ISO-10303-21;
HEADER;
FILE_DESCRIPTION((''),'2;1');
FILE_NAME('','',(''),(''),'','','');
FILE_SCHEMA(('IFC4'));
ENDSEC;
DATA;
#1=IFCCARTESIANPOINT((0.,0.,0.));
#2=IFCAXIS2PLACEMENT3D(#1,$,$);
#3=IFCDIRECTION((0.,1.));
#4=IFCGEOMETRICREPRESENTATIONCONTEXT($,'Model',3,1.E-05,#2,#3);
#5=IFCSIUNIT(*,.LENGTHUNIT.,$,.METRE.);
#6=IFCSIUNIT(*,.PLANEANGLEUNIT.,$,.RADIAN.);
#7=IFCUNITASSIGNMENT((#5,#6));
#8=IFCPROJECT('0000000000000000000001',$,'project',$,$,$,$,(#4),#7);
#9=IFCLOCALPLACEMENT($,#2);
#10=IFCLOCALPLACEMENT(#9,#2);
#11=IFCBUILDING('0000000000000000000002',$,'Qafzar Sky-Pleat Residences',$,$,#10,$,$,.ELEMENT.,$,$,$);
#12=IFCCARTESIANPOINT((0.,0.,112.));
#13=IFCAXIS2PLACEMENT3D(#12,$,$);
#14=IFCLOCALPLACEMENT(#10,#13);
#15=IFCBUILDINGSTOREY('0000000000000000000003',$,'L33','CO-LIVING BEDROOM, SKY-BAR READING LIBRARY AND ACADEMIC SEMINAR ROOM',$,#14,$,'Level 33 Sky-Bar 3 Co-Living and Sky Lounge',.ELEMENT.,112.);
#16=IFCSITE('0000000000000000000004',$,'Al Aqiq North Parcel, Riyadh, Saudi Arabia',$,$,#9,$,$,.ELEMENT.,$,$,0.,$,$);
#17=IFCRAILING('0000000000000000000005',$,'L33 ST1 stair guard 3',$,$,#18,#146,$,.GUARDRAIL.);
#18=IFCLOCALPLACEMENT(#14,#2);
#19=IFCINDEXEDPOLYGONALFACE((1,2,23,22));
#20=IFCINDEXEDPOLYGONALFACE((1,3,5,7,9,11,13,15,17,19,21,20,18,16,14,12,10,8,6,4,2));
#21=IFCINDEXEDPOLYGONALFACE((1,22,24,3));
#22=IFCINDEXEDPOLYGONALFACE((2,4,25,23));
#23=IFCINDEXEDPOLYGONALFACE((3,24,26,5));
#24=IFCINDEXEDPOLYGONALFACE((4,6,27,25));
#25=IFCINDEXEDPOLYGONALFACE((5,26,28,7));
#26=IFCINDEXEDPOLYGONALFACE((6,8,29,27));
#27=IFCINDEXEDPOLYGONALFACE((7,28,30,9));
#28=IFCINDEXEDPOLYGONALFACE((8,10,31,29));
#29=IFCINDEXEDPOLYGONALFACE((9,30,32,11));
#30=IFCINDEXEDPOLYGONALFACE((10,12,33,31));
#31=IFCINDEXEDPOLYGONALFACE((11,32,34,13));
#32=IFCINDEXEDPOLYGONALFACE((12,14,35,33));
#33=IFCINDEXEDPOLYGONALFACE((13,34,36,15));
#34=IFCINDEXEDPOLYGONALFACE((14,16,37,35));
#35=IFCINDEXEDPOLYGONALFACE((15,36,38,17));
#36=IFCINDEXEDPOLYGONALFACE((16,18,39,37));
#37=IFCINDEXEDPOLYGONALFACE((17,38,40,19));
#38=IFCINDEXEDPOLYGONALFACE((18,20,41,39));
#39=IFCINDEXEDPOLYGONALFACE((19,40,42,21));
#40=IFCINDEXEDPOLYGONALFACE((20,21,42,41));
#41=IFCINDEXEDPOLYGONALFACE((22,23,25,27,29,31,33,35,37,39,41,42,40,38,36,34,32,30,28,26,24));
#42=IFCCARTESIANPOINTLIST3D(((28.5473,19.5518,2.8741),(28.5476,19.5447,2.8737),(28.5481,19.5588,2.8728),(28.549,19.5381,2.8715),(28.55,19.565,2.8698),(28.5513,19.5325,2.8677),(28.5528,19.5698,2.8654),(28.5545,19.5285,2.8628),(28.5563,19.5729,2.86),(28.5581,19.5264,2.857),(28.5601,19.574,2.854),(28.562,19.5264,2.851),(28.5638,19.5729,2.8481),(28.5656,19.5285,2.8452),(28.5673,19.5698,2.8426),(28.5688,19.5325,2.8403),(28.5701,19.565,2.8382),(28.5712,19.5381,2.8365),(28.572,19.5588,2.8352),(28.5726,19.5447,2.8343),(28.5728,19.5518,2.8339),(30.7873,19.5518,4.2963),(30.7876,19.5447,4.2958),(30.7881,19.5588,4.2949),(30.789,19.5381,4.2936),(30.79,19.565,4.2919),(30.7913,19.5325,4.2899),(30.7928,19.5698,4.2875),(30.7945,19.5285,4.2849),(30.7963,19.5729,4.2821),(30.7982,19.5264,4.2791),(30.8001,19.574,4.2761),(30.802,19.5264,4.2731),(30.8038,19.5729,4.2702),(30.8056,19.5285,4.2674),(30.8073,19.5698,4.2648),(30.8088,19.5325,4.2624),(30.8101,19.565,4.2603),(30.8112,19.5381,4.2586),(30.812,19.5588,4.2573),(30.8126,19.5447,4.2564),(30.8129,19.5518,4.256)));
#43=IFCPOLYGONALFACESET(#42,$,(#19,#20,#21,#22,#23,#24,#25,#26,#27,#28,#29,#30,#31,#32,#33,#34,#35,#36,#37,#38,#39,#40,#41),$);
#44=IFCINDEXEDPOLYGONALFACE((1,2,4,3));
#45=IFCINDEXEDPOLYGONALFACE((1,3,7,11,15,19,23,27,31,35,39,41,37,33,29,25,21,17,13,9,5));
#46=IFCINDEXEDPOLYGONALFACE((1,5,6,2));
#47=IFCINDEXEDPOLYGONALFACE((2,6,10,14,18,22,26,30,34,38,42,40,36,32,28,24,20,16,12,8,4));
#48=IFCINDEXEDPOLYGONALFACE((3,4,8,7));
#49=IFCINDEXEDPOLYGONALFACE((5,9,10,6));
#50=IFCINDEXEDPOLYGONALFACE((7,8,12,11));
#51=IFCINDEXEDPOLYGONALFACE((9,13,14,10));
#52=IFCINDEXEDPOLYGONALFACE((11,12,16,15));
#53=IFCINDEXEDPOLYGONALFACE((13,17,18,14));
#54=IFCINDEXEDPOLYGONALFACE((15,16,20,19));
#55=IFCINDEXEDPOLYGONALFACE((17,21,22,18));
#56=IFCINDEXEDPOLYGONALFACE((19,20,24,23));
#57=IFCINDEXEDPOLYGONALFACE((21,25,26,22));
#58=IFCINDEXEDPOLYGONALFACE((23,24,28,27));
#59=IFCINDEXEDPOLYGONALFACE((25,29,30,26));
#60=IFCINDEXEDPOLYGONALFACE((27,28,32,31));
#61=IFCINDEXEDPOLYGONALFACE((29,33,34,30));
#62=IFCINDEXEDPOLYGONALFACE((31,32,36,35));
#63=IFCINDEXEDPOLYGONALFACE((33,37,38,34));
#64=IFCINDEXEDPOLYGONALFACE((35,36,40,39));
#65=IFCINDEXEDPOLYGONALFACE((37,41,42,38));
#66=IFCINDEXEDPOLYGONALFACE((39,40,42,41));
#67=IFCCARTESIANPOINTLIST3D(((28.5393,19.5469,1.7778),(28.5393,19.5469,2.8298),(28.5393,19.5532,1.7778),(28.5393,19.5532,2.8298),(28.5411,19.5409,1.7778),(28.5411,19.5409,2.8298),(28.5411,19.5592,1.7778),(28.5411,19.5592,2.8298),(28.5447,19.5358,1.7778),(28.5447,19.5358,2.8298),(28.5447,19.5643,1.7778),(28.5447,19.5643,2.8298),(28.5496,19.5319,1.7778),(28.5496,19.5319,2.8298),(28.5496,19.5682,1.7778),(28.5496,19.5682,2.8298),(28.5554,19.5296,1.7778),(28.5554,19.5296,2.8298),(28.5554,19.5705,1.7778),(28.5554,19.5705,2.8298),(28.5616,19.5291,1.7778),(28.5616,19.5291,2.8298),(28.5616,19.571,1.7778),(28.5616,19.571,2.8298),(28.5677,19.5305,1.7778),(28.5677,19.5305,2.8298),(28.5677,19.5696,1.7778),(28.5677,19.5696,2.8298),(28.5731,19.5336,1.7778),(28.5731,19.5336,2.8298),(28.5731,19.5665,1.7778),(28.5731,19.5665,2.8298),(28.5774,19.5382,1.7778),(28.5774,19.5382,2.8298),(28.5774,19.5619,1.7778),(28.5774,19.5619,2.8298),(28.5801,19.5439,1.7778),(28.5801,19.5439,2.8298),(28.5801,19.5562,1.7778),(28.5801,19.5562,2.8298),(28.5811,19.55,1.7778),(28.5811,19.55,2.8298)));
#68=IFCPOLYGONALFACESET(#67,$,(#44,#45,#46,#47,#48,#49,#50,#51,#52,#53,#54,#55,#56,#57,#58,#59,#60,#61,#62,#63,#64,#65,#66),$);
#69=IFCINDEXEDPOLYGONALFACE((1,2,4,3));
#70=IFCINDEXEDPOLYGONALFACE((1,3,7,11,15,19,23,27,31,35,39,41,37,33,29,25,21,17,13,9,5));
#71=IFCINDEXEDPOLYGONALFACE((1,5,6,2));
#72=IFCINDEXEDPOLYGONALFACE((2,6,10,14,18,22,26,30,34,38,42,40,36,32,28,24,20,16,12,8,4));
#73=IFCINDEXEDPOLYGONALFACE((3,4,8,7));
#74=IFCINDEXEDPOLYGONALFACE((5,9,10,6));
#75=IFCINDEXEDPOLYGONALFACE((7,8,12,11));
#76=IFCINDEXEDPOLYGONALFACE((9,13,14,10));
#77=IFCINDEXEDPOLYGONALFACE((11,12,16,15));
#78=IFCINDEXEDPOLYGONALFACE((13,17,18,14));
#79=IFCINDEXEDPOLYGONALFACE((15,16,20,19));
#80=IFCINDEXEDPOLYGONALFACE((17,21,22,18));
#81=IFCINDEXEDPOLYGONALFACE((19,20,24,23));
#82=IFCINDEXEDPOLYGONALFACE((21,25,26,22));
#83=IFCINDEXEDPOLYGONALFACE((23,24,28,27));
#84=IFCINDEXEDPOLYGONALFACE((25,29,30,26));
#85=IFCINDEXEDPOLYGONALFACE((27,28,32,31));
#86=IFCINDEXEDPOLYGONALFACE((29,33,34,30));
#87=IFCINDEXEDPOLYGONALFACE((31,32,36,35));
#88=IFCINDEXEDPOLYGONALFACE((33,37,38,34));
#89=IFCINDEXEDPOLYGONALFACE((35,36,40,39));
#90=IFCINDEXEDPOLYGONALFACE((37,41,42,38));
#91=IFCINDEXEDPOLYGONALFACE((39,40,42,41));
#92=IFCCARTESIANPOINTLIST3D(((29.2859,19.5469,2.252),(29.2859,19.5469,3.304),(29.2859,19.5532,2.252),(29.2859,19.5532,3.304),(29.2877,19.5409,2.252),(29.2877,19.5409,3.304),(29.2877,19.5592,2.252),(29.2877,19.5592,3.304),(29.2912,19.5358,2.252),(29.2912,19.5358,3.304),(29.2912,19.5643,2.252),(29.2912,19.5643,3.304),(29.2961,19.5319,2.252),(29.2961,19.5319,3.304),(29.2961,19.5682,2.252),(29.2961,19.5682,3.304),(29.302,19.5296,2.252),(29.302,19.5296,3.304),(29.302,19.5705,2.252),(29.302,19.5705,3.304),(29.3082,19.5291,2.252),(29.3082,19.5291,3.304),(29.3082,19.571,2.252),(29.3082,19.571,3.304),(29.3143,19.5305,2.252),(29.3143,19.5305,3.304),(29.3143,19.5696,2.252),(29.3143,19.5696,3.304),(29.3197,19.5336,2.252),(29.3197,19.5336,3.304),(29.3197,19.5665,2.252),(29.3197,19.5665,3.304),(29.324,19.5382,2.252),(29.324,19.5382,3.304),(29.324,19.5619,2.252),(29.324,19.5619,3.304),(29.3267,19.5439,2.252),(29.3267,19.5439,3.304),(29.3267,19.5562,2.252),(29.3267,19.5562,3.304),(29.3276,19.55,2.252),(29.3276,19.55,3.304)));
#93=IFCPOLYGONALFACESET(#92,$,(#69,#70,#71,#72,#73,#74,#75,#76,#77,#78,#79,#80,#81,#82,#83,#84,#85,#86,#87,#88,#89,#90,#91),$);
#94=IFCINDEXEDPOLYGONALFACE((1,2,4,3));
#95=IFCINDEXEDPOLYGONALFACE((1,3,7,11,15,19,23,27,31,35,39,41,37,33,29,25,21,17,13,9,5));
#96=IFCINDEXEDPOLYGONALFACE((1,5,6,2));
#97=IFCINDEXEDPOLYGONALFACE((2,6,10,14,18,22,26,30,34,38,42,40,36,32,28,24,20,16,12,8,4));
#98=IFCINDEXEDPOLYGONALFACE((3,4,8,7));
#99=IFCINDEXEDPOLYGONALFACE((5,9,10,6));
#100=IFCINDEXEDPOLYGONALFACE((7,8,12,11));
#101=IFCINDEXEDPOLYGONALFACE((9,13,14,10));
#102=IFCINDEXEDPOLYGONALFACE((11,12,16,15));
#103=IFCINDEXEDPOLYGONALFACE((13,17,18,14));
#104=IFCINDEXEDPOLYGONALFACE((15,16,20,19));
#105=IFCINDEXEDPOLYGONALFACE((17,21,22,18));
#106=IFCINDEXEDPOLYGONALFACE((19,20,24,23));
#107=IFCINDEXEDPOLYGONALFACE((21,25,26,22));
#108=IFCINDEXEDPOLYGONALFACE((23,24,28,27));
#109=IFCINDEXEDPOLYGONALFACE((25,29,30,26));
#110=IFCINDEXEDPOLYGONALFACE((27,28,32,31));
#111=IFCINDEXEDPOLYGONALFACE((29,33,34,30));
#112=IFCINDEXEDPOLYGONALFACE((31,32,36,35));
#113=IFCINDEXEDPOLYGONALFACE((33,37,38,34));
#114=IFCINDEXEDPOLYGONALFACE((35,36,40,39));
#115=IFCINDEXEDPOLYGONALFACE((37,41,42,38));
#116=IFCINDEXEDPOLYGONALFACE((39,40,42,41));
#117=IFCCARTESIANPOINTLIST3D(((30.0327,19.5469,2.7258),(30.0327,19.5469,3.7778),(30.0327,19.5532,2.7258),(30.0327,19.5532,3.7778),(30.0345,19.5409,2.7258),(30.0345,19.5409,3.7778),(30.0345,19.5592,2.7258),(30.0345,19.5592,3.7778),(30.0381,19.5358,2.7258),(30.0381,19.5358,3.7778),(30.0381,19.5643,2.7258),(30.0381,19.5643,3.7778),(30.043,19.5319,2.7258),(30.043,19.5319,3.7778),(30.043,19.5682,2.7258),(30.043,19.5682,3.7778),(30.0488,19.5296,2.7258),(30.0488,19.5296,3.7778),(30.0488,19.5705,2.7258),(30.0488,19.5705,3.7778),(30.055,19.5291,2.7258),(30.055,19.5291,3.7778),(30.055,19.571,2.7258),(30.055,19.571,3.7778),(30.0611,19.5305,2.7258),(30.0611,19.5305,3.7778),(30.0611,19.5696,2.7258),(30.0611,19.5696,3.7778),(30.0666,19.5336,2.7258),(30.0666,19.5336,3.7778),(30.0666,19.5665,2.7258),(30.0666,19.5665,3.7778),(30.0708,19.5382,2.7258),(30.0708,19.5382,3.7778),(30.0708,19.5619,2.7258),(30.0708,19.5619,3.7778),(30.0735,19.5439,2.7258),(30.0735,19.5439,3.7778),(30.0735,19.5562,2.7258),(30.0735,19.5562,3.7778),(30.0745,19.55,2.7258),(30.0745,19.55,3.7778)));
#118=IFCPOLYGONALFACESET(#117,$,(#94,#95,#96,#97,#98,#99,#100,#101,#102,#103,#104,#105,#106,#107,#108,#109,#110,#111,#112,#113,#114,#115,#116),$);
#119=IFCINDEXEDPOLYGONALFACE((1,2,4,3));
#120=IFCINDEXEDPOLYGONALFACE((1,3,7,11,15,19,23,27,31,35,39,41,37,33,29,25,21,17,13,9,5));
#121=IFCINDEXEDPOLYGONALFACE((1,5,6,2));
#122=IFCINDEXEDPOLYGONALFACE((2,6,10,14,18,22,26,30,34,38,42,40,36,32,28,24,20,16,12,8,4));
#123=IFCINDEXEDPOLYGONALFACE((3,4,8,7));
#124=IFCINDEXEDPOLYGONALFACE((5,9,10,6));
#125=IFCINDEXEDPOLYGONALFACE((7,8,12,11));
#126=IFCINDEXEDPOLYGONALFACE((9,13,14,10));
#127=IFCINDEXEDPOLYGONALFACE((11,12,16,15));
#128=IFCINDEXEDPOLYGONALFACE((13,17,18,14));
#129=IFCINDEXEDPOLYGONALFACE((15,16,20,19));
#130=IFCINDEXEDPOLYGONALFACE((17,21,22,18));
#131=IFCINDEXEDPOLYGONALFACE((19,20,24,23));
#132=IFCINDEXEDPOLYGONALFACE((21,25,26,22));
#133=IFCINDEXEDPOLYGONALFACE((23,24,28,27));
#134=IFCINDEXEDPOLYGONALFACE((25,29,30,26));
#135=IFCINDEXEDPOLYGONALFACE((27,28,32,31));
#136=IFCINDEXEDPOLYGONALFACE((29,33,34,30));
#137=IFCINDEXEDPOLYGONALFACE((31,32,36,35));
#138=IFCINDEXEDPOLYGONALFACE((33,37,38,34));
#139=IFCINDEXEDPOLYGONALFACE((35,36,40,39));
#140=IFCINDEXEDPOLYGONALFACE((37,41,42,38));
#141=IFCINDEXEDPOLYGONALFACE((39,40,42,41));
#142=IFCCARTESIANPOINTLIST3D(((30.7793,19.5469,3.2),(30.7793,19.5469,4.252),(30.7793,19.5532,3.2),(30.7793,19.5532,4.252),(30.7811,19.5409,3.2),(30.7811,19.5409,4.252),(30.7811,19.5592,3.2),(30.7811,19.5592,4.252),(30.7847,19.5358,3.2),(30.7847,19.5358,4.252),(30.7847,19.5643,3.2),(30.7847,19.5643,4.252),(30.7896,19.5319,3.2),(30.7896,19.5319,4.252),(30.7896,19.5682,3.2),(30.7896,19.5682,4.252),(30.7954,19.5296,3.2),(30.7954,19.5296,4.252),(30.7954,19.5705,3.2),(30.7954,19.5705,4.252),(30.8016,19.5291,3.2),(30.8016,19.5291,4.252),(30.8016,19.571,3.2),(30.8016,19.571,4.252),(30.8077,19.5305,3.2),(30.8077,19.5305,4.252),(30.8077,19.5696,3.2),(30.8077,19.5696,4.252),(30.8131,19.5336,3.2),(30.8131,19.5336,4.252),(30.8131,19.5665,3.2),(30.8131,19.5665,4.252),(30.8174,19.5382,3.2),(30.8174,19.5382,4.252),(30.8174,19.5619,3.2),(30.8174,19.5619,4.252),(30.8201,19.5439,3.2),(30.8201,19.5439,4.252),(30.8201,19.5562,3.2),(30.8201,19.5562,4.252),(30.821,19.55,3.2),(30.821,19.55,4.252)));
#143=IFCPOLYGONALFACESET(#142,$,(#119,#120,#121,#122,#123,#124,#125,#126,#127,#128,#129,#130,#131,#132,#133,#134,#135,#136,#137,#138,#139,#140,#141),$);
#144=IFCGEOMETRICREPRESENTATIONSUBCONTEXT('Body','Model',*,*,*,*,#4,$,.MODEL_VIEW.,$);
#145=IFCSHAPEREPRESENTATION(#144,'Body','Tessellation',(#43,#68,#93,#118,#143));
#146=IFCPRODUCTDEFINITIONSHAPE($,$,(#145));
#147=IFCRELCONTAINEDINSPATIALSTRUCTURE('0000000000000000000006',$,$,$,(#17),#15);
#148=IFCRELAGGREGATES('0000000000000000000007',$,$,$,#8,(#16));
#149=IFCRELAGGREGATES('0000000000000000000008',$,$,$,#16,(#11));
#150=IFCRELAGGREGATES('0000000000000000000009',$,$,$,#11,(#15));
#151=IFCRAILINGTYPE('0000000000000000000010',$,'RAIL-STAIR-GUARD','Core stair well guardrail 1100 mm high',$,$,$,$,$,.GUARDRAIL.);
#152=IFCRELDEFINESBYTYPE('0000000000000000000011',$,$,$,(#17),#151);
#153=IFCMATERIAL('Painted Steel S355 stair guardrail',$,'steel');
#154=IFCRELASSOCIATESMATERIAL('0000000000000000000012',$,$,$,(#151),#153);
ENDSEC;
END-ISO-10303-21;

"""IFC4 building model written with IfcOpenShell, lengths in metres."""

from ifc_helpers import new_model, si_unit, direction, frame, origin, origin_2d, place, context, subcontext, project, spatial, circle, extrude, source, transform, mapped, material, type_object, element, save


model = new_model("IFC4")

# Units and contexts
model_context = context("Model", 3, precision=1e-05, world=origin(), true_north=direction((0.0, 1.0)))
body_context = subcontext(model_context, "Body", "Model", "MODEL_VIEW")
ifc_project = project(units=[si_unit("LENGTHUNIT", "METRE"), si_unit("PLANEANGLEUNIT", "RADIAN")], contexts=[model_context])

# Site, building, storey
site_placement = place(None, origin())
site = spatial("IfcSite", under=ifc_project, at=site_placement, Name="Al Aqiq North Parcel, Riyadh, Saudi Arabia", CompositionType="ELEMENT", RefElevation=0.0)
building_placement = place(site_placement, origin())
building = spatial("IfcBuilding", under=site, at=building_placement, Name="Qafzar Sky-Pleat Residences", CompositionType="ELEMENT")
storey_placement = place(building_placement, frame((0.0, 0.0, 112.0)))
storey = spatial("IfcBuildingStorey", under=building, at=storey_placement, Name="L33", Description="CO-LIVING BEDROOM, SKY-BAR READING LIBRARY AND ACADEMIC SEMINAR ROOM", LongName="Level 33 Sky-Bar 3 Co-Living and Sky Lounge", CompositionType="ELEMENT", Elevation=112.0)

# Railing
ifc_material_1 = material(Name="Painted Steel S355 stair guardrail", Category="steel")
railing_type_1 = type_object("IfcRailingType", Name="RAIL-STAIR-GUARD", Description="Core stair well guardrail 1100 mm high", PredefinedType="GUARDRAIL", material=ifc_material_1)
shared_shape_1 = source(origin(), body_context, "Body", "SweptSolid", [
    extrude(circle(Radius=0.0239, at=origin_2d()), frame((0.0, 0.0, 1.0762), z_axis=(0.844229, 0.0, 0.535982), x_axis=(0.0, 1.0, 0.0)), (0.0, 0.0, 1.0), 2.6533),
    extrude(circle(Radius=0.021, at=origin_2d()), origin(), (0.0, 0.0, 1.0), 1.052),
    extrude(circle(Radius=0.021, at=origin_2d()), frame((0.7466, 0.0, 0.4741)), (0.0, 0.0, 1.0), 1.052),
    extrude(circle(Radius=0.021, at=origin_2d()), frame((1.4934, 0.0, 0.948)), (0.0, 0.0, 1.0), 1.052),
    extrude(circle(Radius=0.021, at=origin_2d()), frame((2.24, 0.0, 1.4221)), (0.0, 0.0, 1.0), 1.052),
])
railing_1_placement = place(storey_placement, frame((28.5601, 19.55, 1.7778)))
element("IfcRailing", 1, at=railing_1_placement, inside=storey, type_object=railing_type_1, Name="L33 ST1 stair guard 3", PredefinedType="GUARDRAIL", context=body_context, shape_type="MappedRepresentation", body=[
    mapped(shared_shape_1, transform((0.0, 0.0, 0.0), x_axis=(1.0, 0.0, 0.0), y_axis=(0.0, 1.0, 0.0), z_axis=(0.0, 0.0, 1.0), scale=1.0)),
])

save(model, "model.ifc")
